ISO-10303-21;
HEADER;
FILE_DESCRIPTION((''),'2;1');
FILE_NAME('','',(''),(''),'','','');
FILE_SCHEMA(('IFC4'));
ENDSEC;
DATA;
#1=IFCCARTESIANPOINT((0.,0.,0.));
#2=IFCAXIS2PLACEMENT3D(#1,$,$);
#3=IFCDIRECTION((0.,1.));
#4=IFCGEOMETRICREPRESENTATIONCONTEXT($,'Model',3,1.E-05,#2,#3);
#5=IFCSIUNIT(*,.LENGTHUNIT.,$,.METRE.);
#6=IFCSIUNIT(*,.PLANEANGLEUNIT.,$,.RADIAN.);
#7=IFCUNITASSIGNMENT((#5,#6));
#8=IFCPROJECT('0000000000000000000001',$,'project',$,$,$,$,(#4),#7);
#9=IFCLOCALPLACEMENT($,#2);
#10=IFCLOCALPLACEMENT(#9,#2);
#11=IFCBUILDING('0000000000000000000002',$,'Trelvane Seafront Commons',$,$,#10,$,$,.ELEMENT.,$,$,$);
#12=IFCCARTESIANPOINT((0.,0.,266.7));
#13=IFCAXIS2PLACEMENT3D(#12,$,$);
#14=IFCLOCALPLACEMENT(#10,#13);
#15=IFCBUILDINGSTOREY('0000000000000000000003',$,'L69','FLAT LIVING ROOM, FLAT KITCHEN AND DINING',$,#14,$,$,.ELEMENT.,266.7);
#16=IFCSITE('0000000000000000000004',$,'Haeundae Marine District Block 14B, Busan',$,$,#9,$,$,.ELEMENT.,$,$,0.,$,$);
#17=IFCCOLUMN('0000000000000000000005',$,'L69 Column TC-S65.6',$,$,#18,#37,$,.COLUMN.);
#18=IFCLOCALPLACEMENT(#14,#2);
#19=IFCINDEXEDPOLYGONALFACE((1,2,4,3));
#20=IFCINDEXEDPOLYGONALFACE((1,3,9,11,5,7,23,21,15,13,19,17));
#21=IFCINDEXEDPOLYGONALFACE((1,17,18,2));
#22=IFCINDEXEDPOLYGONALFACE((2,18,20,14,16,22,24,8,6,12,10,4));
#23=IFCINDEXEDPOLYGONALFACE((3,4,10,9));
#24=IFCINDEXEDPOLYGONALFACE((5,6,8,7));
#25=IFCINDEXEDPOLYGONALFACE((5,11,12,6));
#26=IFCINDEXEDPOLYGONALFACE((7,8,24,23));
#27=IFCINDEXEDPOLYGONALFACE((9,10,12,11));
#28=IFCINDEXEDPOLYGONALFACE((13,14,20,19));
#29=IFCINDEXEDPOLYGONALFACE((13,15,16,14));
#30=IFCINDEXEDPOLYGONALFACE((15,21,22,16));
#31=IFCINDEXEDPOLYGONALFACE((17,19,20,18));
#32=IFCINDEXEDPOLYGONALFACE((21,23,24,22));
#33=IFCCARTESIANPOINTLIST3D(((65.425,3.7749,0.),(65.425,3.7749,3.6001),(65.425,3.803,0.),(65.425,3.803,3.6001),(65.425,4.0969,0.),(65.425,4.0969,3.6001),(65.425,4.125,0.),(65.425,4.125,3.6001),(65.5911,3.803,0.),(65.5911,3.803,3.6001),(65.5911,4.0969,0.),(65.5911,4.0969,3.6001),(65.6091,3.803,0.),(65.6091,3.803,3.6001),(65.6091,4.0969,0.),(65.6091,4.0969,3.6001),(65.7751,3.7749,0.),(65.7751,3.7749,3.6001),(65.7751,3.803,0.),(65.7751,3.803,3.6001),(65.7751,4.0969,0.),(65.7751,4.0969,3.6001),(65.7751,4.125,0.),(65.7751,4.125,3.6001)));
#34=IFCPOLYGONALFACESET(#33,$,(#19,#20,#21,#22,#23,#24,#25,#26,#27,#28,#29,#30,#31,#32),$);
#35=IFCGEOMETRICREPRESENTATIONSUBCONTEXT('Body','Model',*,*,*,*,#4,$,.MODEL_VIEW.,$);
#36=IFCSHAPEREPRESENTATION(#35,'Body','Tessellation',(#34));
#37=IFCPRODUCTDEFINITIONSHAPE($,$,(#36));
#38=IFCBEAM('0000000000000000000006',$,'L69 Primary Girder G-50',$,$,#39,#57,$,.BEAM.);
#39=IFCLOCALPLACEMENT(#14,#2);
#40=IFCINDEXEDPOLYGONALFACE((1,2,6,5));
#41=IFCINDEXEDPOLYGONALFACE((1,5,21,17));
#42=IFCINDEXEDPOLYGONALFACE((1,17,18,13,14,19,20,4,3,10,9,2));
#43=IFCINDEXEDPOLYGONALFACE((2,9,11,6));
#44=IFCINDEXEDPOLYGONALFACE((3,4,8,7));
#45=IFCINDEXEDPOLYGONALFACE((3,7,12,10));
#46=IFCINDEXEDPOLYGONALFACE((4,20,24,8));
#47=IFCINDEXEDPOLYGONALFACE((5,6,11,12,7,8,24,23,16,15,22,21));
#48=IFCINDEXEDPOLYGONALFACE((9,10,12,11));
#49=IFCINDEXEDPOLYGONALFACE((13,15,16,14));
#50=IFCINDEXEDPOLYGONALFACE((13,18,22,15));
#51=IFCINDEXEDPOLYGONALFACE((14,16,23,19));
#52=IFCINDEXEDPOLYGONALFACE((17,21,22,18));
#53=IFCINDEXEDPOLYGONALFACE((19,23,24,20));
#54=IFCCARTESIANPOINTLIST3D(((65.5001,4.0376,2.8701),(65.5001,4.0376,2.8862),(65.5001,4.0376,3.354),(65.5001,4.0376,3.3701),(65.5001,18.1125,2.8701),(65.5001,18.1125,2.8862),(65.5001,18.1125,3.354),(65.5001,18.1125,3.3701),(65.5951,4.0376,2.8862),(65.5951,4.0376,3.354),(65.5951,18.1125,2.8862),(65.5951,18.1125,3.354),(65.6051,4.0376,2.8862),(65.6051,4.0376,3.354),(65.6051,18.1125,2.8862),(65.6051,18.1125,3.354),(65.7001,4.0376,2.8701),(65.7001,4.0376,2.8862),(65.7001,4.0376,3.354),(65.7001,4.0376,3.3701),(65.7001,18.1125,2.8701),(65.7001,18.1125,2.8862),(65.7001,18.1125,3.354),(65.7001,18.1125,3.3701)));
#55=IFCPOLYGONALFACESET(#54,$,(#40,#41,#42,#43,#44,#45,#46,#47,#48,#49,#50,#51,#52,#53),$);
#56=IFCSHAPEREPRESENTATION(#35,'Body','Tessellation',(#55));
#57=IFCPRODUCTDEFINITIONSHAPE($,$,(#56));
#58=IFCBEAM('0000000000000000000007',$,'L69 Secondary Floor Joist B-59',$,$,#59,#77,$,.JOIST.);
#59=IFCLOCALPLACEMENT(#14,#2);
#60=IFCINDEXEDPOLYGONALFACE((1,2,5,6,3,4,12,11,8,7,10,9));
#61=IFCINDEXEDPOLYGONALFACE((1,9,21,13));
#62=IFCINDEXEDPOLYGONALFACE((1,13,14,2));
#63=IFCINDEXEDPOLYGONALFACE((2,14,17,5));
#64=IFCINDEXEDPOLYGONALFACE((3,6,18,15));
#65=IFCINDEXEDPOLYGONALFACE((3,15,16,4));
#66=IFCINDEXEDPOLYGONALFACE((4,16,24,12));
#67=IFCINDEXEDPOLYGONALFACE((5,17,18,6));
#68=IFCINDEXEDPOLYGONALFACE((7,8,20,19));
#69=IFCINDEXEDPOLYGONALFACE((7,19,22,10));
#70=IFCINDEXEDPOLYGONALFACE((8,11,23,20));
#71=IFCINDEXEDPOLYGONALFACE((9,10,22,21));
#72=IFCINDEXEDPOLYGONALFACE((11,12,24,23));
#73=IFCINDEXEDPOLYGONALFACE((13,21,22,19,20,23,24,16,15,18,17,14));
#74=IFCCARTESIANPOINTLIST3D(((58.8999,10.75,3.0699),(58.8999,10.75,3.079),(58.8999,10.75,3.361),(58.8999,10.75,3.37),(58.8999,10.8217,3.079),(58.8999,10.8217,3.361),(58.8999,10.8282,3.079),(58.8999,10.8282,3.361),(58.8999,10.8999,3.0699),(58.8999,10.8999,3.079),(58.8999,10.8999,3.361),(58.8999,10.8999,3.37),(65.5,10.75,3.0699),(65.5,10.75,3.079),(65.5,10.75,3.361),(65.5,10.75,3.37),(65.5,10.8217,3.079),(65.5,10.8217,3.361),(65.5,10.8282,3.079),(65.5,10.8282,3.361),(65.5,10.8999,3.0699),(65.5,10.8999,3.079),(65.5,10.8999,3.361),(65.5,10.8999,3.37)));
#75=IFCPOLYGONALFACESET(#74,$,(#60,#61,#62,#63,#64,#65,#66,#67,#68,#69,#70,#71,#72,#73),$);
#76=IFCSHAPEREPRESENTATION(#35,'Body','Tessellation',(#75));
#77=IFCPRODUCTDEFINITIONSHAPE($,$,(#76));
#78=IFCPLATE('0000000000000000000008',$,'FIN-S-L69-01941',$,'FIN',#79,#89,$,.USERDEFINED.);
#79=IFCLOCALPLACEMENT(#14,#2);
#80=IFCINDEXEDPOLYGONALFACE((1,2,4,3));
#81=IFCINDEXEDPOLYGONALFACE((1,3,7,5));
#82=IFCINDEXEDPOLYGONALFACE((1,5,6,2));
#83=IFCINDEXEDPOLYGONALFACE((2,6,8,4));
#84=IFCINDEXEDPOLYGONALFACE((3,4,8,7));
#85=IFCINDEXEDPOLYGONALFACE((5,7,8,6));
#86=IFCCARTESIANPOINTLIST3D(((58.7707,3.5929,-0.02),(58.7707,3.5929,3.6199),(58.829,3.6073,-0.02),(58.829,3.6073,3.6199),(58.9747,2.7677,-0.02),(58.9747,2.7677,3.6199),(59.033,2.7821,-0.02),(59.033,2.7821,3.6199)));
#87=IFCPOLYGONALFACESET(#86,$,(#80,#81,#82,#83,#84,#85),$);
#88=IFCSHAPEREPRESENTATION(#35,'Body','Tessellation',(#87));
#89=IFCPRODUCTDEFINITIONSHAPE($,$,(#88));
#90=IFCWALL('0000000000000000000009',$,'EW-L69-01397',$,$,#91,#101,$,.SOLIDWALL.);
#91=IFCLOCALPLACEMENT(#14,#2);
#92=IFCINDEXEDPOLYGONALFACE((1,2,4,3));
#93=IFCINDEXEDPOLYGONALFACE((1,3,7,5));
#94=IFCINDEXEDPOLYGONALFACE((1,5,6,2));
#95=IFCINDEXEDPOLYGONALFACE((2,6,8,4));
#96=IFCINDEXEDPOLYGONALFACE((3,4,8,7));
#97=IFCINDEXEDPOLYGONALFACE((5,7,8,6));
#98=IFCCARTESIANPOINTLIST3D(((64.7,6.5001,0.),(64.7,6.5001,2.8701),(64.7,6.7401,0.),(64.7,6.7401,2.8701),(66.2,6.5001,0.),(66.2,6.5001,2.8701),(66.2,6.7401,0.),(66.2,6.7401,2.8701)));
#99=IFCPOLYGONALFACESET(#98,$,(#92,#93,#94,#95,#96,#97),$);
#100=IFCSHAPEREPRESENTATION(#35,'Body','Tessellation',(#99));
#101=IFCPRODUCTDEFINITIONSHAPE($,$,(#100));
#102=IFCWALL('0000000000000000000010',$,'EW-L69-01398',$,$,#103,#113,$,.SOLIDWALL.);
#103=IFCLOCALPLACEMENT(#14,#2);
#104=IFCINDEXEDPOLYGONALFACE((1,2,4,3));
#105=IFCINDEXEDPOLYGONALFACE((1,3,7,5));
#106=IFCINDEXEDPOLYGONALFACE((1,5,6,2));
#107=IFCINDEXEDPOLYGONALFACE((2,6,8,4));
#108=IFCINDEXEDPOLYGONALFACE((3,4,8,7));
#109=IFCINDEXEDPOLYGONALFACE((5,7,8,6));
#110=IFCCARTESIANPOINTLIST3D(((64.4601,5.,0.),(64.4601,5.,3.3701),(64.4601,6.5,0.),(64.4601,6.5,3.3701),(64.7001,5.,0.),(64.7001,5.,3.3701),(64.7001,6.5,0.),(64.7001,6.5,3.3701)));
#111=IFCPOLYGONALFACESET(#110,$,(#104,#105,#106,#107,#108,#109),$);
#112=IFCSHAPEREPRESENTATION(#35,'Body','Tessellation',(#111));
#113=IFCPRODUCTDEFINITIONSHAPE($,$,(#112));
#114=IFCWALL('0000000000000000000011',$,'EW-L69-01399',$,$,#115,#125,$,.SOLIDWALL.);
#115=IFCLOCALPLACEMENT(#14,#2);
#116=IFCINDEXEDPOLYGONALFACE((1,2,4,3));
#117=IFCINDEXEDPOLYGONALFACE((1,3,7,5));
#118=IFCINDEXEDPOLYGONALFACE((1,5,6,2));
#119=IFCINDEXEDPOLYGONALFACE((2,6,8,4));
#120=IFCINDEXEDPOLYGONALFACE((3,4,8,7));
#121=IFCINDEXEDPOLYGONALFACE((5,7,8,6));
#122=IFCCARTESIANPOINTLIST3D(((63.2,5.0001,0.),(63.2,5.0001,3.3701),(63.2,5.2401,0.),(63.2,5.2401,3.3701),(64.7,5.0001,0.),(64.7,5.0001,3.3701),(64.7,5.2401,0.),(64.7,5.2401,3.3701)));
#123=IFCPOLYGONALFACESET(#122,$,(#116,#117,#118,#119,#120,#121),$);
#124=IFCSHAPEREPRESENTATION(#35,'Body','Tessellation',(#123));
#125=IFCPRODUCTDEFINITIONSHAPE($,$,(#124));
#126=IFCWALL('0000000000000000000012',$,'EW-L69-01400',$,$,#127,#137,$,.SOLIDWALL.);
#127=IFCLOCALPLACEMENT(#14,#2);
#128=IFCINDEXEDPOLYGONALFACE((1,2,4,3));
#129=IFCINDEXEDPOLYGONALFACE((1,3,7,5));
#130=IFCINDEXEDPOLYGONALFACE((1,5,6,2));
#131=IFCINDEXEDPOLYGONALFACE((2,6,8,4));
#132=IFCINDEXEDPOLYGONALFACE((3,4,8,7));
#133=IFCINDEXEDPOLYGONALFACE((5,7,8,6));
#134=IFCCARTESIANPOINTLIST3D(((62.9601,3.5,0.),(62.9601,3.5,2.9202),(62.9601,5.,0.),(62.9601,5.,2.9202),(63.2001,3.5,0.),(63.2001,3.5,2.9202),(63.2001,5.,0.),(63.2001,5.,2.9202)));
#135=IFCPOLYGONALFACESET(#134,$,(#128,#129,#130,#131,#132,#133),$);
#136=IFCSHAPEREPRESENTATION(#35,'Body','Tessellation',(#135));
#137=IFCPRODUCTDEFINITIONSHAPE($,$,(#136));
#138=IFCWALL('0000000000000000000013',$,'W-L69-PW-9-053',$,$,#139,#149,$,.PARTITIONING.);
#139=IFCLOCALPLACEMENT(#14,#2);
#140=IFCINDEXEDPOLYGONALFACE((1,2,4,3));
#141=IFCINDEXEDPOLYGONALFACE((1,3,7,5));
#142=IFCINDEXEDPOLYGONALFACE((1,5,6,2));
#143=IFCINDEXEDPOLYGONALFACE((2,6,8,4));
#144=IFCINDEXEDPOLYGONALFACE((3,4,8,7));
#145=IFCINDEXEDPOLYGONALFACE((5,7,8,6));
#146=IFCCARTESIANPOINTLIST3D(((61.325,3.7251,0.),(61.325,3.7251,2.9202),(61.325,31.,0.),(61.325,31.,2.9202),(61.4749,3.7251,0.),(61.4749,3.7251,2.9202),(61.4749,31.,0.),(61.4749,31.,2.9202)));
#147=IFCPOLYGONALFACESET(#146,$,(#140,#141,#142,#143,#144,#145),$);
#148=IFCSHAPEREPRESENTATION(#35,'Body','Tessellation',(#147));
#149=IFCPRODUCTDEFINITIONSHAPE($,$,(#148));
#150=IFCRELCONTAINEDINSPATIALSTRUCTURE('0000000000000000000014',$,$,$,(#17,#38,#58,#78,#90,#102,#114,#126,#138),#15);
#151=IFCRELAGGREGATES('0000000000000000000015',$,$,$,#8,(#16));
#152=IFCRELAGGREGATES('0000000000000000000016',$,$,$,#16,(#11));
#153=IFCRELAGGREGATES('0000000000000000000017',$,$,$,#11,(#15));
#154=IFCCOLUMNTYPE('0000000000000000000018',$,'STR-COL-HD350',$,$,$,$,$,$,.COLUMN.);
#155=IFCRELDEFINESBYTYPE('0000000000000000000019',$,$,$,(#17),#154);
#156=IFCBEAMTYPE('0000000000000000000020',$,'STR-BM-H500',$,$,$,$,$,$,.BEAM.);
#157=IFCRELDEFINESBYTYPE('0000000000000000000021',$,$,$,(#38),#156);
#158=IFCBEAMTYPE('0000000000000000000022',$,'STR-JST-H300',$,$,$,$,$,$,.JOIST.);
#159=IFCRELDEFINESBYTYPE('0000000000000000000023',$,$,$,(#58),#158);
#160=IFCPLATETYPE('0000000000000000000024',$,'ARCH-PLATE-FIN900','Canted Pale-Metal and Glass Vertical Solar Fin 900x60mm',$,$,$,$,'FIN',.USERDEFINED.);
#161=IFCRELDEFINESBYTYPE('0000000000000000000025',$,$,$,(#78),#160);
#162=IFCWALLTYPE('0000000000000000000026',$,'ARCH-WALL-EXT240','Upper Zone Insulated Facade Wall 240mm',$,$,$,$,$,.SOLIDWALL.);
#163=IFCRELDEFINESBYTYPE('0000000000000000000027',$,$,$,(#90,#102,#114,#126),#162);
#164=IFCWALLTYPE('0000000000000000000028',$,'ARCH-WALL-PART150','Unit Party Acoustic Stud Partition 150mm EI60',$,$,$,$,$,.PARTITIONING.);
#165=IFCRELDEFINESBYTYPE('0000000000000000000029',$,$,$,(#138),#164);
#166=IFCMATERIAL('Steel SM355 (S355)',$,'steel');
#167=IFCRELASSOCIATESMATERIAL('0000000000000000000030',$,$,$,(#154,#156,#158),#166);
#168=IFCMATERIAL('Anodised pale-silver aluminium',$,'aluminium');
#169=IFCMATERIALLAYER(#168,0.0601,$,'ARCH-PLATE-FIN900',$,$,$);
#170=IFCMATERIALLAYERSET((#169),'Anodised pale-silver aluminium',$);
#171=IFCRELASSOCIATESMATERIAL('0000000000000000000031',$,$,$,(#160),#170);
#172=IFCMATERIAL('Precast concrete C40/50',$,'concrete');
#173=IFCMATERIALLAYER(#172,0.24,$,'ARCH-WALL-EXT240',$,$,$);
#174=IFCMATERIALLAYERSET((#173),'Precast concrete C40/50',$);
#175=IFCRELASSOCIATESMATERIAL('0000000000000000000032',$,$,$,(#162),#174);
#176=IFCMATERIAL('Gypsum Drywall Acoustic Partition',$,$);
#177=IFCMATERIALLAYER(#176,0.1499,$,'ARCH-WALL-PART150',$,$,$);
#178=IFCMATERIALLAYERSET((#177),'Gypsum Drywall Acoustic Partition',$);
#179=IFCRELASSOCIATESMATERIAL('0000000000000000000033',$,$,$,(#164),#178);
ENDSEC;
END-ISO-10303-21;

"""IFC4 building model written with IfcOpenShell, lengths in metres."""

from ifc_helpers import new_model, si_unit, direction, frame, frame_2d, origin, origin_2d, place, context, subcontext, project, spatial, rectangle, i_section, extrude, source, transform, mapped, material, layer, layer_set, material_profile, profile_set, type_object, element, save


model = new_model("IFC4")

# Units and contexts
model_context = context("Model", 3, precision=1e-05, world=origin(), true_north=direction((0.0, 1.0)))
body_context = subcontext(model_context, "Body", "Model", "MODEL_VIEW")
ifc_project = project(units=[si_unit("LENGTHUNIT", "METRE"), si_unit("PLANEANGLEUNIT", "RADIAN")], contexts=[model_context])

# Site, building, storey
site_placement = place(None, origin())
site = spatial("IfcSite", under=ifc_project, at=site_placement, Name="Haeundae Marine District Block 14B, Busan", CompositionType="ELEMENT", RefElevation=0.0)
building_placement = place(site_placement, origin())
building = spatial("IfcBuilding", under=site, at=building_placement, Name="Trelvane Seafront Commons", CompositionType="ELEMENT")
storey_placement = place(building_placement, frame((0.0, 0.0, 266.7)))
storey = spatial("IfcBuildingStorey", under=building, at=storey_placement, Name="L69", Description="FLAT LIVING ROOM, FLAT KITCHEN AND DINING", CompositionType="ELEMENT", Elevation=266.7)

# Column
ifc_material_1 = material(Name="Steel SM355 (S355)", Category="steel")
ifc_material_profile_1 = material_profile(ifc_material_1, i_section(OverallWidth=0.3501, OverallDepth=0.3501, WebThickness=0.0181, FlangeThickness=0.0281, at=origin_2d()), Name="HD-350x350x18x28")
ifc_profile_set_1 = profile_set([ifc_material_profile_1], Name="Steel SM355 (S355)")
column_type = type_object("IfcColumnType", Name="STR-COL-HD350", PredefinedType="COLUMN", material=ifc_profile_set_1)
shared_shape_1 = source(origin(), body_context, "Body", "SweptSolid", [
    extrude(i_section(OverallWidth=0.3501, OverallDepth=0.3501, WebThickness=0.0181, FlangeThickness=0.0281, at=origin_2d()), origin(), (0.0, 0.0, 1.0), 3.6001),
])
column_placement = place(storey_placement, frame((65.6001, 3.95, 0.0), z_axis=(0.0, 0.0, 1.0), x_axis=(1.0, 0.0, 0.0)))
element("IfcColumn", 1, at=column_placement, inside=storey, type_object=column_type, Name="L69 Column TC-S65.6", PredefinedType="COLUMN", context=body_context, shape_type="MappedRepresentation", body=[
    mapped(shared_shape_1, transform((0.0, 0.0, 0.0), x_axis=(1.0, 0.0, 0.0), y_axis=(0.0, 1.0, 0.0), z_axis=(0.0, 0.0, 1.0), scale=1.0)),
])

# Beams
ifc_material_profile_2 = material_profile(ifc_material_1, i_section(OverallWidth=0.2, OverallDepth=0.5, WebThickness=0.01, FlangeThickness=0.0161, at=origin_2d()), Name="H-500x200x10x16")
ifc_profile_set_2 = profile_set([ifc_material_profile_2], Name="Steel SM355 (S355)")
beam_type_1 = type_object("IfcBeamType", Name="STR-BM-H500", PredefinedType="BEAM", material=ifc_profile_set_2)
shared_shape_2 = source(origin(), body_context, "Body", "SweptSolid", [
    extrude(i_section(OverallWidth=0.2, OverallDepth=0.5, WebThickness=0.01, FlangeThickness=0.0161, at=origin_2d()), origin(), (0.0, 0.0, 1.0), 14.075),
])
beam_1_placement = place(storey_placement, frame((65.6001, 4.0376, 3.1201), z_axis=(0.0, 1.0, 0.0), x_axis=(-1.0, 0.0, 0.0)))
element("IfcBeam", 2, at=beam_1_placement, inside=storey, type_object=beam_type_1, Name="L69 Primary Girder G-50", PredefinedType="BEAM", context=body_context, shape_type="MappedRepresentation", body=[
    mapped(shared_shape_2, transform((0.0, 0.0, 0.0), x_axis=(1.0, 0.0, 0.0), y_axis=(0.0, 1.0, 0.0), z_axis=(0.0, 0.0, 1.0), scale=1.0)),
])
ifc_material_profile_3 = material_profile(ifc_material_1, i_section(OverallWidth=0.1499, OverallDepth=0.3, WebThickness=0.0066, FlangeThickness=0.009, at=origin_2d()), Name="H-300x150x6.5x9")
ifc_profile_set_3 = profile_set([ifc_material_profile_3], Name="Steel SM355 (S355)")
beam_type_2 = type_object("IfcBeamType", Name="STR-JST-H300", PredefinedType="JOIST", material=ifc_profile_set_3)
shared_shape_3 = source(origin(), body_context, "Body", "SweptSolid", [
    extrude(i_section(OverallWidth=0.1499, OverallDepth=0.3, WebThickness=0.0066, FlangeThickness=0.009, at=origin_2d()), origin(), (0.0, 0.0, 1.0), 6.6001),
])
beam_2_placement = place(storey_placement, frame((58.8999, 10.825, 3.22), z_axis=(1.0, 0.0, 0.0), x_axis=(0.0, 1.0, 0.0)))
element("IfcBeam", 3, at=beam_2_placement, inside=storey, type_object=beam_type_2, Name="L69 Secondary Floor Joist B-59", PredefinedType="JOIST", context=body_context, shape_type="MappedRepresentation", body=[
    mapped(shared_shape_3, transform((0.0, 0.0, 0.0), x_axis=(1.0, 0.0, 0.0), y_axis=(0.0, 1.0, 0.0), z_axis=(0.0, 0.0, 1.0), scale=1.0)),
])

# Plate
ifc_material_2 = material(Name="Anodised pale-silver aluminium", Category="aluminium")
ifc_layer_1 = layer(ifc_material_2, 0.0601, Name="ARCH-PLATE-FIN900")
ifc_layer_set_1 = layer_set([ifc_layer_1], Name="Anodised pale-silver aluminium")
plate_type = type_object("IfcPlateType", Name="ARCH-PLATE-FIN900", Description="Canted Pale-Metal and Glass Vertical Solar Fin 900x60mm", ElementType="FIN", PredefinedType="USERDEFINED", material=ifc_layer_set_1)
shared_shape_4 = source(origin(), body_context, "Body", "SweptSolid", [
    extrude(rectangle(XDim=0.8501, YDim=0.0601, at=origin_2d()), origin(), (0.0, 0.0, 1.0), 3.6399),
])
plate_placement = place(storey_placement, frame((58.9019, 3.1875, -0.02), z_axis=(0.0, 0.0, 1.0), x_axis=(0.239877, -0.970803, 0.0)))
element("IfcPlate", 4, at=plate_placement, inside=storey, type_object=plate_type, Name="FIN-S-L69-01941", ObjectType="FIN", PredefinedType="USERDEFINED", context=body_context, shape_type="MappedRepresentation", body=[
    mapped(shared_shape_4, transform((0.0, 0.0, 0.0), x_axis=(1.0, 0.0, 0.0), y_axis=(0.0, 1.0, 0.0), z_axis=(0.0, 0.0, 1.0), scale=1.0)),
])

# Walls
ifc_material_3 = material(Name="Precast concrete C40/50", Category="concrete")
ifc_layer_2 = layer(ifc_material_3, 0.24, Name="ARCH-WALL-EXT240")
ifc_layer_set_2 = layer_set([ifc_layer_2], Name="Precast concrete C40/50")
wall_type_1 = type_object("IfcWallType", Name="ARCH-WALL-EXT240", Description="Upper Zone Insulated Facade Wall 240mm", PredefinedType="SOLIDWALL", material=ifc_layer_set_2)
wall_1_placement = place(storey_placement, frame((66.2, 6.6201, 0.0), z_axis=(0.0, 0.0, 1.0), x_axis=(-1.0, 0.0, 0.0)))
element("IfcWall", 5, at=wall_1_placement, inside=storey, type_object=wall_type_1, Name="EW-L69-01397", PredefinedType="SOLIDWALL", context=body_context, shape_type="SweptSolid", body=[
    extrude(rectangle(XDim=1.5, YDim=0.24, at=frame_2d((0.75, 0.0))), origin(), (0.0, 0.0, 1.0), 2.8701),
])
for number, where, z_axis, x_axis, name in (
    (6, (64.5801, 6.5, 0.0), (0.0, 0.0, 1.0), (0.0, -1.0, 0.0), "EW-L69-01398"),
    (7, (64.7, 5.1201, 0.0), (0.0, 0.0, 1.0), (-1.0, 0.0, 0.0), "EW-L69-01399"),
):
    element("IfcWall", number, at=place(storey_placement, frame(where, z_axis=z_axis, x_axis=x_axis)), inside=storey, type_object=wall_type_1, Name=name, PredefinedType="SOLIDWALL", context=body_context, shape_type="SweptSolid", body=[
        extrude(rectangle(XDim=1.5, YDim=0.24, at=frame_2d((0.75, 0.0))), origin(), (0.0, 0.0, 1.0), 3.3701),
    ])
wall_2_placement = place(storey_placement, frame((63.0801, 5.0, 0.0), z_axis=(0.0, 0.0, 1.0), x_axis=(0.0, -1.0, 0.0)))
element("IfcWall", 8, at=wall_2_placement, inside=storey, type_object=wall_type_1, Name="EW-L69-01400", PredefinedType="SOLIDWALL", context=body_context, shape_type="SweptSolid", body=[
    extrude(rectangle(XDim=1.5, YDim=0.24, at=frame_2d((0.75, 0.0))), origin(), (0.0, 0.0, 1.0), 2.9202),
])

# Shared definitions
ifc_material_4 = material(Name="Gypsum Drywall Acoustic Partition")

# Wall
ifc_layer_3 = layer(ifc_material_4, 0.1499, Name="ARCH-WALL-PART150")
ifc_layer_set_3 = layer_set([ifc_layer_3], Name="Gypsum Drywall Acoustic Partition")
wall_type_2 = type_object("IfcWallType", Name="ARCH-WALL-PART150", Description="Unit Party Acoustic Stud Partition 150mm EI60", PredefinedType="PARTITIONING", material=ifc_layer_set_3)
wall_3_placement = place(storey_placement, frame((61.3999, 3.7251, 0.0), z_axis=(0.0, 0.0, 1.0), x_axis=(0.0, 1.0, 0.0)))
element("IfcWall", 9, at=wall_3_placement, inside=storey, type_object=wall_type_2, Name="W-L69-PW-9-053", PredefinedType="PARTITIONING", context=body_context, shape_type="SweptSolid", body=[
    extrude(rectangle(XDim=27.2749, YDim=0.1499, at=frame_2d((13.6375, 0.0))), origin(), (0.0, 0.0, 1.0), 2.9202),
])

save(model, "model.ifc")
